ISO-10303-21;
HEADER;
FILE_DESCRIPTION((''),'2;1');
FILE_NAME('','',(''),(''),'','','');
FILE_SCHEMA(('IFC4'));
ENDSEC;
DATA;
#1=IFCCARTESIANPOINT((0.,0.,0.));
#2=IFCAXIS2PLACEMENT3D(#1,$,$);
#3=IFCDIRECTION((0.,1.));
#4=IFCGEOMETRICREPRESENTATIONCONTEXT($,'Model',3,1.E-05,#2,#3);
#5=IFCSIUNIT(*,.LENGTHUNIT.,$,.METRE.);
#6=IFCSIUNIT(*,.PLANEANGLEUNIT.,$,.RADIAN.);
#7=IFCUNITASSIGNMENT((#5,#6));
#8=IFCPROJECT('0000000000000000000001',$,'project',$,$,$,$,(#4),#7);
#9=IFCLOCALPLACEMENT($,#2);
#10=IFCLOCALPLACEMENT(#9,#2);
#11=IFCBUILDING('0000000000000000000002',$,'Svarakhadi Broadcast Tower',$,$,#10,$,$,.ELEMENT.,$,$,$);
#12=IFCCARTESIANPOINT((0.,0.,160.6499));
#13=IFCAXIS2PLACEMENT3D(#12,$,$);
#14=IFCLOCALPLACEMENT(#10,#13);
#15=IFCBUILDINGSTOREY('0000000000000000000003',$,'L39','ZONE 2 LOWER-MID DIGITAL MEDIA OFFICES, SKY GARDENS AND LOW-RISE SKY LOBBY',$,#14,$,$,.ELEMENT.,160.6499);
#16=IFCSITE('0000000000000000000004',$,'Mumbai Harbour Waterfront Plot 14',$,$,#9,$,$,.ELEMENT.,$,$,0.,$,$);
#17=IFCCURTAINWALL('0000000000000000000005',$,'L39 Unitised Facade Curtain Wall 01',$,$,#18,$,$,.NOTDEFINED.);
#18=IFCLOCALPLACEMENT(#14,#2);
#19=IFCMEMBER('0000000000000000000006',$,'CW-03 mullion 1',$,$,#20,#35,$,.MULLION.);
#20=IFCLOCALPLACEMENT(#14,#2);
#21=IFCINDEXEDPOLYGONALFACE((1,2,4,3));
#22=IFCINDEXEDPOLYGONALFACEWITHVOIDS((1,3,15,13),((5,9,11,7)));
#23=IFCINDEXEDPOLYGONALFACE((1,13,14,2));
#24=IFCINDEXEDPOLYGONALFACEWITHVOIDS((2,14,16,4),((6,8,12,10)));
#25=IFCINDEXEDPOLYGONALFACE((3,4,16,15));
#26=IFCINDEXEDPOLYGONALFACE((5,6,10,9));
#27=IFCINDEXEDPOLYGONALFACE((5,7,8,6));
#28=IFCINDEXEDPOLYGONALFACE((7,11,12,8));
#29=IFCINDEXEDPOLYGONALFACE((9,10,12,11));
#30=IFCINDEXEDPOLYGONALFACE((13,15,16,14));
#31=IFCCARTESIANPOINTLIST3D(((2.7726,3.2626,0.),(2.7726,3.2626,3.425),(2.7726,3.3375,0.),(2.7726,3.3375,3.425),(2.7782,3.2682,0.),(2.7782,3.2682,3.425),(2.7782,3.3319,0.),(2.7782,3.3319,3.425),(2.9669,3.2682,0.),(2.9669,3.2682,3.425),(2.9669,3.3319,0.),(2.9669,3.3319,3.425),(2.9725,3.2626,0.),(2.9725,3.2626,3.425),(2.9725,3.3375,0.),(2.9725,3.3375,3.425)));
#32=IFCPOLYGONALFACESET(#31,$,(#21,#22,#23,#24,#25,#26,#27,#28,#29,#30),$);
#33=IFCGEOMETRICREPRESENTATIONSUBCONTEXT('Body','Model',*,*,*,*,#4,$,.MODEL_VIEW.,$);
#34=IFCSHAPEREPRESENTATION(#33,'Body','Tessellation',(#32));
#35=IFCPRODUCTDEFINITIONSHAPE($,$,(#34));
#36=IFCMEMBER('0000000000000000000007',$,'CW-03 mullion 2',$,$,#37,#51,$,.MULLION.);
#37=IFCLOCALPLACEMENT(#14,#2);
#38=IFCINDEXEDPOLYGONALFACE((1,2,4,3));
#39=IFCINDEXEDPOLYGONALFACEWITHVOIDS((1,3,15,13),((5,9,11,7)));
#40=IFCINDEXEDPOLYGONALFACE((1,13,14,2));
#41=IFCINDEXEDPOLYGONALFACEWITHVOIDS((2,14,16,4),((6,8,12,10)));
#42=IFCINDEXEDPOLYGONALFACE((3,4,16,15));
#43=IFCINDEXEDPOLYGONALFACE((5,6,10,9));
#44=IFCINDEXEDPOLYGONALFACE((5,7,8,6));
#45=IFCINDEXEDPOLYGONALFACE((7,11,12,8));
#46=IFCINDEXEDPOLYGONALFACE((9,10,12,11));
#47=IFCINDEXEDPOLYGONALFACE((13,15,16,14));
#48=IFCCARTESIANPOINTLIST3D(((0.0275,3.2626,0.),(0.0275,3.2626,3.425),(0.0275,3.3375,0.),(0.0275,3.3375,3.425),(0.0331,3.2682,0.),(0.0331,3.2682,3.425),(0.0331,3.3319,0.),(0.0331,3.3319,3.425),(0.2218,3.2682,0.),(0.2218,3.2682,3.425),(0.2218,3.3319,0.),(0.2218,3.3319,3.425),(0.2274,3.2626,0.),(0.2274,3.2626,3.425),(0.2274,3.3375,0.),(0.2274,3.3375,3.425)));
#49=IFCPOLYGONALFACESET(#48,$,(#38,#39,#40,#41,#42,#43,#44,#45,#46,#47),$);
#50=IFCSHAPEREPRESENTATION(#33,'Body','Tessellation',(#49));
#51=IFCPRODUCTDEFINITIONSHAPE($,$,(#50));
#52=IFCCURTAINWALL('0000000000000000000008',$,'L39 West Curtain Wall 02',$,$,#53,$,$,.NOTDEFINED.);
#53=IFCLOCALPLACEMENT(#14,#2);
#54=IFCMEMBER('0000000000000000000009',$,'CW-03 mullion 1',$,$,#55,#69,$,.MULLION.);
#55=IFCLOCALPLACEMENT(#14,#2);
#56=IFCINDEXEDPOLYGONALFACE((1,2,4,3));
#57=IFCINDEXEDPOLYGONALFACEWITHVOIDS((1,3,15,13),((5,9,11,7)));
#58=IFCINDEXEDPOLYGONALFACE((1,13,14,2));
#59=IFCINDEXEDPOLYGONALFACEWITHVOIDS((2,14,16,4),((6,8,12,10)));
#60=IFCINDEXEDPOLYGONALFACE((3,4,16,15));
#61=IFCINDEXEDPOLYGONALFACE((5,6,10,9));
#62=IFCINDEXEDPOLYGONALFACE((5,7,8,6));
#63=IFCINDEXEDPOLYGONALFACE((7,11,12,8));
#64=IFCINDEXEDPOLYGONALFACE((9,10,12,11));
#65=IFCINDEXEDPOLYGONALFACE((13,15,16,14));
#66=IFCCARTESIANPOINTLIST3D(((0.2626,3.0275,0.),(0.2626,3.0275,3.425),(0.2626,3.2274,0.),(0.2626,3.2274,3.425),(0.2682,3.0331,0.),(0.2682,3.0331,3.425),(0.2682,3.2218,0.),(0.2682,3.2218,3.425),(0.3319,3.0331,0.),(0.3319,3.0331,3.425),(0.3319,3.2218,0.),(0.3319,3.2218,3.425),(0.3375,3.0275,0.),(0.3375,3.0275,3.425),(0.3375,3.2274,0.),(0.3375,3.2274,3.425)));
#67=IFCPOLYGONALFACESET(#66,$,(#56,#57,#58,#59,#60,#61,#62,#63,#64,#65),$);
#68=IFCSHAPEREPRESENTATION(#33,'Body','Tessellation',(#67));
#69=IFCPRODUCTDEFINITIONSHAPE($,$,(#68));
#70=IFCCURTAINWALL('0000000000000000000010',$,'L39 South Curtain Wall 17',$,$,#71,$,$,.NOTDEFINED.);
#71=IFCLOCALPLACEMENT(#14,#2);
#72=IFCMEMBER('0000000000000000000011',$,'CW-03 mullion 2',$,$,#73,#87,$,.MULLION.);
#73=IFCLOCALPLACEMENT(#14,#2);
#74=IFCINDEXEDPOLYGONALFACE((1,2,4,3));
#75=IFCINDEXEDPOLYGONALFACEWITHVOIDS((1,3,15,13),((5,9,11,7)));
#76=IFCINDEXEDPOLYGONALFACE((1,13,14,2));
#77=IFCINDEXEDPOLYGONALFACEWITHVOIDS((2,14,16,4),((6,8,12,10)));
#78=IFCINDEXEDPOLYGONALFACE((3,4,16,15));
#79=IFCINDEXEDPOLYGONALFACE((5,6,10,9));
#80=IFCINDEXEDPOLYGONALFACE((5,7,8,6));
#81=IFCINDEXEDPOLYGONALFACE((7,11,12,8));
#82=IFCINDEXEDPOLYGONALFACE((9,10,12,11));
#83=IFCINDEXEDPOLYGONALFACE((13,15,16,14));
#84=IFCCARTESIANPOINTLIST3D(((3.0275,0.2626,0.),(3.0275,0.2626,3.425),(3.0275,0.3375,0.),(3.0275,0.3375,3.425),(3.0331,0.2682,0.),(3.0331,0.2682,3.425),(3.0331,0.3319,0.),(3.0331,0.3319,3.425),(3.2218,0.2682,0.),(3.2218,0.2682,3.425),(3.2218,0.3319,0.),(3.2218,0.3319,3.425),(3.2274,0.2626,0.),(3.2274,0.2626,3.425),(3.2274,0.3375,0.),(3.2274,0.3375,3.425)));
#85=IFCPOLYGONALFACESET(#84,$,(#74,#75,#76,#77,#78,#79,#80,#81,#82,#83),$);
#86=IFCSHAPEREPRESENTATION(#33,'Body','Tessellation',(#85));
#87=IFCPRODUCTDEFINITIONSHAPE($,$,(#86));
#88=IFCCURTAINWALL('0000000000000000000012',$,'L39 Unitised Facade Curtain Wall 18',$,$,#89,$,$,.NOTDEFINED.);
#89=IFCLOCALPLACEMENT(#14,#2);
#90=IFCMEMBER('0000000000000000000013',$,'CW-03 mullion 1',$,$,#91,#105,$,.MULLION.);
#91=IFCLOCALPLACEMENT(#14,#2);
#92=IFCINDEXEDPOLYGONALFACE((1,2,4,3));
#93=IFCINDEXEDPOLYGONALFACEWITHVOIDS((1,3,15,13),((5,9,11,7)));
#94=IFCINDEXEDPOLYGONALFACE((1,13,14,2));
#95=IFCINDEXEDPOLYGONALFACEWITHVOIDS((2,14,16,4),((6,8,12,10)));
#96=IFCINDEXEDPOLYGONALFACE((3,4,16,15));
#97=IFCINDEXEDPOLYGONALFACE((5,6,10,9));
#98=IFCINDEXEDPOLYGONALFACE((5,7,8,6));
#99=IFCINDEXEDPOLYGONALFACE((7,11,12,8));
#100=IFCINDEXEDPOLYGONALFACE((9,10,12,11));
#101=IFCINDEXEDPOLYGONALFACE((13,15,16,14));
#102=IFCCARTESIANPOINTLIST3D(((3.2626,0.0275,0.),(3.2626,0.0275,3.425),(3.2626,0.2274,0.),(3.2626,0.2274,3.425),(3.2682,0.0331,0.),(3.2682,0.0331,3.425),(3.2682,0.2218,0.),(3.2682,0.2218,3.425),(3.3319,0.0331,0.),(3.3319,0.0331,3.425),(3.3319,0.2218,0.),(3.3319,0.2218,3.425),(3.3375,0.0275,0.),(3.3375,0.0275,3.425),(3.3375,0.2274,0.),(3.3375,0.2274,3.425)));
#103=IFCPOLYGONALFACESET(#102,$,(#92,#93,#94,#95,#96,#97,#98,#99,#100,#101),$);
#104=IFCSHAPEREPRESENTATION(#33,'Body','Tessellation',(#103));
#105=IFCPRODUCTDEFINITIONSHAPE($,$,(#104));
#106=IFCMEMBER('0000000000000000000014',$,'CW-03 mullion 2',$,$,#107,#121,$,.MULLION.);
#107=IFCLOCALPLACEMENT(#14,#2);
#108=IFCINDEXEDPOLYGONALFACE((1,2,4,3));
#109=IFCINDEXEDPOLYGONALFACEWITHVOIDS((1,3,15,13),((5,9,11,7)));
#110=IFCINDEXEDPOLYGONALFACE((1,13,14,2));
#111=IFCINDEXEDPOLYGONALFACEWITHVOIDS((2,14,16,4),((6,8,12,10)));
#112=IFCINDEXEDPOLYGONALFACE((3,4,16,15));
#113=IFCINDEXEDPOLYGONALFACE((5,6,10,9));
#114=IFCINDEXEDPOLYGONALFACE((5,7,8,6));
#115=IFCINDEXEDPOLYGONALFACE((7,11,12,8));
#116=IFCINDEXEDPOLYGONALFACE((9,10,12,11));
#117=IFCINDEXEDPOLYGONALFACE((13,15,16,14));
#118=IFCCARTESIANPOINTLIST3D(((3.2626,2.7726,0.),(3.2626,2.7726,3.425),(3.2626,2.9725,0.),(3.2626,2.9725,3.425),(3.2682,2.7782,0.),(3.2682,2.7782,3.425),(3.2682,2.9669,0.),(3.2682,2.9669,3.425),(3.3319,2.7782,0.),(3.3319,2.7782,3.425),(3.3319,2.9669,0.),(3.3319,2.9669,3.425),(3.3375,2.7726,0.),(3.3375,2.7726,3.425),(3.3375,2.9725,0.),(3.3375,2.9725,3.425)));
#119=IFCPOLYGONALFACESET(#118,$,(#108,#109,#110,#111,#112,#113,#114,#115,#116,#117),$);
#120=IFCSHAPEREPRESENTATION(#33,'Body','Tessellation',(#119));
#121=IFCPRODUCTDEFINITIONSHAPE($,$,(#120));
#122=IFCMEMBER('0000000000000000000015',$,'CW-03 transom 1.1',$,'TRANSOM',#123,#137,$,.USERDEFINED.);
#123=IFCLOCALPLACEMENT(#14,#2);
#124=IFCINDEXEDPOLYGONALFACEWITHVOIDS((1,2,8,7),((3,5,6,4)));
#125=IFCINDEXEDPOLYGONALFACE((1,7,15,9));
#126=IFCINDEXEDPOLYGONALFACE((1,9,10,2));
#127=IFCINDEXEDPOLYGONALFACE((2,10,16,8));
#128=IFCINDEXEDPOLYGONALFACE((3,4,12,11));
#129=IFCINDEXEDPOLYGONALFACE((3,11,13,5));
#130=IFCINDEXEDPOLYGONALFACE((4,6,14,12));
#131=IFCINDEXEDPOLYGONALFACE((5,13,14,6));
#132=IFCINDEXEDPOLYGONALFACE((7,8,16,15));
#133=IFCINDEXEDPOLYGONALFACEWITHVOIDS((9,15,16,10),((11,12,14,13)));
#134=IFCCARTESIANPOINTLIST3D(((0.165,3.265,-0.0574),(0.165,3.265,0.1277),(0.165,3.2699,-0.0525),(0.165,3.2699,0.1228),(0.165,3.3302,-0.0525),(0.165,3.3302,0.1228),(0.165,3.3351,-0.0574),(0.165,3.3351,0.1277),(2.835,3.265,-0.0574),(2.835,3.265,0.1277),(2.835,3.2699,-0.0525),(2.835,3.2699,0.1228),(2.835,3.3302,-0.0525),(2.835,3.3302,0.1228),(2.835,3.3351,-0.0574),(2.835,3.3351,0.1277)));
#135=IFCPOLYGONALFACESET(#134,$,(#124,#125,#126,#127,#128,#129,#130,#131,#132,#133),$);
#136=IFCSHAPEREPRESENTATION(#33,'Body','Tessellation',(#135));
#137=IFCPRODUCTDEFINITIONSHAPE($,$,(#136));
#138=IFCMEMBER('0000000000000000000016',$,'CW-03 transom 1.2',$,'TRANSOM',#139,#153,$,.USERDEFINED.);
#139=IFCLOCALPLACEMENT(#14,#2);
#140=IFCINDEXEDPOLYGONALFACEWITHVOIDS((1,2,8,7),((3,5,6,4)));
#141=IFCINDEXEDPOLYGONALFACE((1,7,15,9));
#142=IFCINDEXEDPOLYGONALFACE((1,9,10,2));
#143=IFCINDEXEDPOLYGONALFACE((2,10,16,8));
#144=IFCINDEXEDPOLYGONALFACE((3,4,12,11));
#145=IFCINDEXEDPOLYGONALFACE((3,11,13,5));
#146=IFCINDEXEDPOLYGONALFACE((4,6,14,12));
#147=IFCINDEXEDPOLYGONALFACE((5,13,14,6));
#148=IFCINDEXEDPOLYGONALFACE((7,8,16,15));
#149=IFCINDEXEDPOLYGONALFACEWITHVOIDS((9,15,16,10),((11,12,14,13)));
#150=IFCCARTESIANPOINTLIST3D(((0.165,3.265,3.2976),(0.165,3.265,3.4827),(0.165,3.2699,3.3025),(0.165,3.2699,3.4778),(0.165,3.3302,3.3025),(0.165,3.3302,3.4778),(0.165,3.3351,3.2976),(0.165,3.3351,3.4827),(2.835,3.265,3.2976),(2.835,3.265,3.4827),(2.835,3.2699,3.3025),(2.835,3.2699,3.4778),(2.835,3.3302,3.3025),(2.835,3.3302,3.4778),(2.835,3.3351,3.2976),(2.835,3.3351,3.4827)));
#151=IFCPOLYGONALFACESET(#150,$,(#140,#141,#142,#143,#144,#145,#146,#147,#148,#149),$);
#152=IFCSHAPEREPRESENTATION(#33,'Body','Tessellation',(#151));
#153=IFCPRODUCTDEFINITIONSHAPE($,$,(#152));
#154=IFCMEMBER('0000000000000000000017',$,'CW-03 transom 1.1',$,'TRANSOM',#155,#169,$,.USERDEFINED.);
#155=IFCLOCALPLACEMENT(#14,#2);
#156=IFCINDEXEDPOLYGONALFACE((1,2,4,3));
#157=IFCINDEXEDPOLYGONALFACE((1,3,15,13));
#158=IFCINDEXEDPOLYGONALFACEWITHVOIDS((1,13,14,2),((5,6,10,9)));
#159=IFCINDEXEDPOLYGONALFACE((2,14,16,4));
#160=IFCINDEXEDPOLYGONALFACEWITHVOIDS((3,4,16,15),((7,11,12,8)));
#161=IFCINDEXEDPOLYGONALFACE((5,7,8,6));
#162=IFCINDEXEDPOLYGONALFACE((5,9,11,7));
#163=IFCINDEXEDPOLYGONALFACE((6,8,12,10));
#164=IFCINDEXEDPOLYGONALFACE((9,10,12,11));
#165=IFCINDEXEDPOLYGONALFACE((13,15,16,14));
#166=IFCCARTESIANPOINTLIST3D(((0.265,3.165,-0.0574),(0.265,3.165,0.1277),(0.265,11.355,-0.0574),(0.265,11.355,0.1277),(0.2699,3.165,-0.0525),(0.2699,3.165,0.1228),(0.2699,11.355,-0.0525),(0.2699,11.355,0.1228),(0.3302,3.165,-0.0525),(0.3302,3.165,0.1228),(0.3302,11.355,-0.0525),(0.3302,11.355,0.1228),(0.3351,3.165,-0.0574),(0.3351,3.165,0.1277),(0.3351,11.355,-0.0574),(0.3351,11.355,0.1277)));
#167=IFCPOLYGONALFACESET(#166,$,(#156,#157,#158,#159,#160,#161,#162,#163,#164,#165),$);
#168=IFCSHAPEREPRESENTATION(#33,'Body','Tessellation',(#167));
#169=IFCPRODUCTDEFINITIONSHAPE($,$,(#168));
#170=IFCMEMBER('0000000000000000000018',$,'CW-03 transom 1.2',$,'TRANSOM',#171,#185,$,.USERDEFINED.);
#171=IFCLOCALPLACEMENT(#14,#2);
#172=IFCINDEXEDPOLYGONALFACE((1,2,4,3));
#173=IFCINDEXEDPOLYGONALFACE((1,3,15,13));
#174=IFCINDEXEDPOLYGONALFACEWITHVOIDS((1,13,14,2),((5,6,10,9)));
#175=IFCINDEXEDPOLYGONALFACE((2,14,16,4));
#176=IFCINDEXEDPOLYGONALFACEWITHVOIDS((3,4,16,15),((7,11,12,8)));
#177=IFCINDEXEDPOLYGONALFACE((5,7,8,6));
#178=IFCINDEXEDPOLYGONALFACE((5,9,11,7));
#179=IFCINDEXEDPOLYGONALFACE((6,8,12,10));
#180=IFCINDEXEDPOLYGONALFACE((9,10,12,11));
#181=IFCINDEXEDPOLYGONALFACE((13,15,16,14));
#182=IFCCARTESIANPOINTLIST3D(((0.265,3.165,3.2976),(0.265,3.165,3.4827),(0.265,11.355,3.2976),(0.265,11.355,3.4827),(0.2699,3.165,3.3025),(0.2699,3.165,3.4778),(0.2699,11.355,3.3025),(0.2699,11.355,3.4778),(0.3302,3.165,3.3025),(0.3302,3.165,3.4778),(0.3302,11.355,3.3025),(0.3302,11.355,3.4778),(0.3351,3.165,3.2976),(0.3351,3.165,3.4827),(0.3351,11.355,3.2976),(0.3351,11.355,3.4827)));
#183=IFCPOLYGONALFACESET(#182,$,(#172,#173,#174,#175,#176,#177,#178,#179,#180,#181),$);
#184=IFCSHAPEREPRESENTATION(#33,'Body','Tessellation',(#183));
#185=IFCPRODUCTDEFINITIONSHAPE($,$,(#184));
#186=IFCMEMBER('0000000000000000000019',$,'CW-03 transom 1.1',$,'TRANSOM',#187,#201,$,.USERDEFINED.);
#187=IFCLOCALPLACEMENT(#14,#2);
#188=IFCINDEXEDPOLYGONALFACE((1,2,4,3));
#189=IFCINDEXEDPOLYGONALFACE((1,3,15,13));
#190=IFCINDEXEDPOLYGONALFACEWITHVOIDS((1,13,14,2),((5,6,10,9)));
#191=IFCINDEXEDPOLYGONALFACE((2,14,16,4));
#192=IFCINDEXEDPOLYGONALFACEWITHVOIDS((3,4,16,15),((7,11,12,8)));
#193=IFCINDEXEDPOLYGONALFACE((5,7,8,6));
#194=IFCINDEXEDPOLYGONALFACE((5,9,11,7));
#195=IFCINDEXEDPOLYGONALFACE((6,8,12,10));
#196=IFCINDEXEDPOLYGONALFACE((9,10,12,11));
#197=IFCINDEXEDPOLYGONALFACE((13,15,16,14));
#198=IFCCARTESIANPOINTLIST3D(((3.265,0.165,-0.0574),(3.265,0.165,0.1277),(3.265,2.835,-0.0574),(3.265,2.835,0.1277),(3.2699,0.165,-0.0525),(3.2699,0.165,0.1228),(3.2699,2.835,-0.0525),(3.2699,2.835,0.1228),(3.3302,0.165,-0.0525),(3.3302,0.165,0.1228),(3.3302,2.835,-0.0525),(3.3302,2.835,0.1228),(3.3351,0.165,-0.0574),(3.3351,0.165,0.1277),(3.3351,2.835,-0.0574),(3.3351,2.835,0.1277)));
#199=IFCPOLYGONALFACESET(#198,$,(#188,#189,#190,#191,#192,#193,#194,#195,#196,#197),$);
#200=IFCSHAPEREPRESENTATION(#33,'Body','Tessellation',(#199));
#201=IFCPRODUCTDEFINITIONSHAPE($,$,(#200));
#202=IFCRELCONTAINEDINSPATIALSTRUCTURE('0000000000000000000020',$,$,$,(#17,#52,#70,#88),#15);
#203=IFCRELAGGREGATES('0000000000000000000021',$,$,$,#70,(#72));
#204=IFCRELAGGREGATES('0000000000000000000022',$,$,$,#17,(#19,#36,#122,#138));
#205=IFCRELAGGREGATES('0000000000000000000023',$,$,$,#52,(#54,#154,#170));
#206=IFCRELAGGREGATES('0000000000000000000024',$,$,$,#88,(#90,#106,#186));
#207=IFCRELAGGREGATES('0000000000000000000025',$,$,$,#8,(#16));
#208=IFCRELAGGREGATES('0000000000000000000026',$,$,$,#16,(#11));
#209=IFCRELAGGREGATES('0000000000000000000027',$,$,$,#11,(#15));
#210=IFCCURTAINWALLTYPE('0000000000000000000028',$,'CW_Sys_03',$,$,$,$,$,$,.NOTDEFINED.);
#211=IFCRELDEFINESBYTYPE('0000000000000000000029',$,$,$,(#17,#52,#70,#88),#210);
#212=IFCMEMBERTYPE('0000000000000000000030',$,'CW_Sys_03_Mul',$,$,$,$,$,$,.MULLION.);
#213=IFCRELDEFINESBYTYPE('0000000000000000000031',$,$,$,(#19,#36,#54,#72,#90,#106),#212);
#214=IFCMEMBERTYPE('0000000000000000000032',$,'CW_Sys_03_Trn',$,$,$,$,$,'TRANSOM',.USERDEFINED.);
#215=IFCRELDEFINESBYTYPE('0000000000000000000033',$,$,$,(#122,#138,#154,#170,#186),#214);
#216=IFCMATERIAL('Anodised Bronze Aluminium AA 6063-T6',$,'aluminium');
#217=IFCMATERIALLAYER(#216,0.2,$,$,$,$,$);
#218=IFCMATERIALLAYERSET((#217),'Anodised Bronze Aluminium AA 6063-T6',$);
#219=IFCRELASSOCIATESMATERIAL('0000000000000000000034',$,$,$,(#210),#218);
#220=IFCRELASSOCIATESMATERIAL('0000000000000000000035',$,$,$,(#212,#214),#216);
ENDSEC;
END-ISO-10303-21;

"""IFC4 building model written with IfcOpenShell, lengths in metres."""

from ifc_helpers import new_model, si_unit, direction, frame, origin, origin_2d, place, context, subcontext, project, spatial, hollow_rectangle, extrude, material, layer, layer_set, material_profile, profile_set, type_object, element, aggregate, save


model = new_model("IFC4")

# Units and contexts
model_context = context("Model", 3, precision=1e-05, world=origin(), true_north=direction((0.0, 1.0)))
body_context = subcontext(model_context, "Body", "Model", "MODEL_VIEW")
ifc_project = project(units=[si_unit("LENGTHUNIT", "METRE"), si_unit("PLANEANGLEUNIT", "RADIAN")], contexts=[model_context])

# Site, building, storey
site_placement = place(None, origin())
site = spatial("IfcSite", under=ifc_project, at=site_placement, Name="Mumbai Harbour Waterfront Plot 14", CompositionType="ELEMENT", RefElevation=0.0)
building_placement = place(site_placement, origin())
building = spatial("IfcBuilding", under=site, at=building_placement, Name="Svarakhadi Broadcast Tower", CompositionType="ELEMENT")
storey_placement = place(building_placement, frame((0.0, 0.0, 160.6499)))
storey = spatial("IfcBuildingStorey", under=building, at=storey_placement, Name="L39", Description="ZONE 2 LOWER-MID DIGITAL MEDIA OFFICES, SKY GARDENS AND LOW-RISE SKY LOBBY", CompositionType="ELEMENT", Elevation=160.6499)

# Curtain wall, members
ifc_material_1 = material(Name="Anodised Bronze Aluminium AA 6063-T6", Category="aluminium")
ifc_layer_1 = layer(ifc_material_1, 0.2)
ifc_layer_set_1 = layer_set([ifc_layer_1], Name="Anodised Bronze Aluminium AA 6063-T6")
curtain_wall_type = type_object("IfcCurtainWallType", Name="CW_Sys_03", PredefinedType="NOTDEFINED", material=ifc_layer_set_1)
curtain_wall_1_placement = place(storey_placement, origin())
curtain_wall_1 = element("IfcCurtainWall", 1, at=curtain_wall_1_placement, inside=storey, type_object=curtain_wall_type, Name="L39 Unitised Facade Curtain Wall 01", PredefinedType="NOTDEFINED")
ifc_material_profile_1 = material_profile(ifc_material_1, hollow_rectangle(XDim=0.075, YDim=0.2, WallThickness=0.0056, at=origin_2d()), Name="ALU MULLION 200x75x6")
ifc_profile_set_1 = profile_set([ifc_material_profile_1], Name="Anodised Bronze Aluminium AA 6063-T6")
member_type_1 = type_object("IfcMemberType", Name="CW_Sys_03_Mul", PredefinedType="MULLION", material=ifc_profile_set_1)
member_1_placement = place(storey_placement, frame((2.8726, 3.3, 0.0), z_axis=(0.0, 0.0, 1.0), x_axis=(0.0, -1.0, 0.0)))
member_1 = element("IfcMember", 2, at=member_1_placement, type_object=member_type_1, Name="CW-03 mullion 1", PredefinedType="MULLION", context=body_context, shape_type="SweptSolid", body=[
    extrude(hollow_rectangle(XDim=0.075, YDim=0.2, WallThickness=0.0056, at=origin_2d()), origin(), (0.0, 0.0, 1.0), 3.425),
])
member_2_placement = place(storey_placement, frame((0.1274, 3.3, 0.0), z_axis=(0.0, 0.0, 1.0), x_axis=(0.0, -1.0, 0.0)))
member_2 = element("IfcMember", 3, at=member_2_placement, type_object=member_type_1, Name="CW-03 mullion 2", PredefinedType="MULLION", context=body_context, shape_type="SweptSolid", body=[
    extrude(hollow_rectangle(XDim=0.075, YDim=0.2, WallThickness=0.0056, at=origin_2d()), origin(), (0.0, 0.0, 1.0), 3.425),
])

# Curtain walls, members
curtain_wall_2_placement = place(storey_placement, origin())
curtain_wall_2 = element("IfcCurtainWall", 4, at=curtain_wall_2_placement, inside=storey, type_object=curtain_wall_type, Name="L39 West Curtain Wall 02", PredefinedType="NOTDEFINED")
member_3_placement = place(storey_placement, frame((0.3, 3.1274, 0.0), z_axis=(0.0, 0.0, 1.0), x_axis=(-1.0, 0.0, 0.0)))
member_3 = element("IfcMember", 5, at=member_3_placement, type_object=member_type_1, Name="CW-03 mullion 1", PredefinedType="MULLION", context=body_context, shape_type="SweptSolid", body=[
    extrude(hollow_rectangle(XDim=0.075, YDim=0.2, WallThickness=0.0056, at=origin_2d()), origin(), (0.0, 0.0, 1.0), 3.425),
])
curtain_wall_3_placement = place(storey_placement, origin())
curtain_wall_3 = element("IfcCurtainWall", 6, at=curtain_wall_3_placement, inside=storey, type_object=curtain_wall_type, Name="L39 South Curtain Wall 17", PredefinedType="NOTDEFINED")
member_4_placement = place(storey_placement, frame((3.1274, 0.3, 0.0), z_axis=(0.0, 0.0, 1.0), x_axis=(0.0, -1.0, 0.0)))
member_4 = element("IfcMember", 7, at=member_4_placement, type_object=member_type_1, Name="CW-03 mullion 2", PredefinedType="MULLION", context=body_context, shape_type="SweptSolid", body=[
    extrude(hollow_rectangle(XDim=0.075, YDim=0.2, WallThickness=0.0056, at=origin_2d()), origin(), (0.0, 0.0, 1.0), 3.425),
])
aggregate(curtain_wall_3, [member_4])

# Curtain wall, members
curtain_wall_4_placement = place(storey_placement, origin())
curtain_wall_4 = element("IfcCurtainWall", 8, at=curtain_wall_4_placement, inside=storey, type_object=curtain_wall_type, Name="L39 Unitised Facade Curtain Wall 18", PredefinedType="NOTDEFINED")
member_5_placement = place(storey_placement, frame((3.3, 0.1274, 0.0), z_axis=(0.0, 0.0, 1.0), x_axis=(-1.0, 0.0, 0.0)))
member_5 = element("IfcMember", 9, at=member_5_placement, type_object=member_type_1, Name="CW-03 mullion 1", PredefinedType="MULLION", context=body_context, shape_type="SweptSolid", body=[
    extrude(hollow_rectangle(XDim=0.075, YDim=0.2, WallThickness=0.0056, at=origin_2d()), origin(), (0.0, 0.0, 1.0), 3.425),
])
member_6_placement = place(storey_placement, frame((3.3, 2.8726, 0.0), z_axis=(0.0, 0.0, 1.0), x_axis=(-1.0, 0.0, 0.0)))
member_6 = element("IfcMember", 10, at=member_6_placement, type_object=member_type_1, Name="CW-03 mullion 2", PredefinedType="MULLION", context=body_context, shape_type="SweptSolid", body=[
    extrude(hollow_rectangle(XDim=0.075, YDim=0.2, WallThickness=0.0056, at=origin_2d()), origin(), (0.0, 0.0, 1.0), 3.425),
])

# Members
ifc_material_profile_2 = material_profile(ifc_material_1, hollow_rectangle(XDim=0.0701, YDim=0.1851, WallThickness=0.0049, at=origin_2d()), Name="ALU TRANSOM 185x70x5")
ifc_profile_set_2 = profile_set([ifc_material_profile_2], Name="Anodised Bronze Aluminium AA 6063-T6")
member_type_2 = type_object("IfcMemberType", Name="CW_Sys_03_Trn", ElementType="TRANSOM", PredefinedType="USERDEFINED", material=ifc_profile_set_2)
member_7_placement = place(storey_placement, frame((2.835, 3.3, 0.0352), z_axis=(-1.0, 0.0, 0.0), x_axis=(0.0, -1.0, 0.0)))
member_7 = element("IfcMember", 11, at=member_7_placement, type_object=member_type_2, Name="CW-03 transom 1.1", ObjectType="TRANSOM", PredefinedType="USERDEFINED", context=body_context, shape_type="SweptSolid", body=[
    extrude(hollow_rectangle(XDim=0.0701, YDim=0.1851, WallThickness=0.0049, at=origin_2d()), origin(), (0.0, 0.0, 1.0), 2.6699),
])
member_8_placement = place(storey_placement, frame((2.835, 3.3, 3.3901), z_axis=(-1.0, 0.0, 0.0), x_axis=(0.0, -1.0, 0.0)))
member_8 = element("IfcMember", 12, at=member_8_placement, type_object=member_type_2, Name="CW-03 transom 1.2", ObjectType="TRANSOM", PredefinedType="USERDEFINED", context=body_context, shape_type="SweptSolid", body=[
    extrude(hollow_rectangle(XDim=0.0701, YDim=0.1851, WallThickness=0.0049, at=origin_2d()), origin(), (0.0, 0.0, 1.0), 2.6699),
])
member_9_placement = place(storey_placement, frame((0.3, 3.165, 0.0352), z_axis=(0.0, 1.0, 0.0), x_axis=(-1.0, 0.0, 0.0)))
member_9 = element("IfcMember", 13, at=member_9_placement, type_object=member_type_2, Name="CW-03 transom 1.1", ObjectType="TRANSOM", PredefinedType="USERDEFINED", context=body_context, shape_type="SweptSolid", body=[
    extrude(hollow_rectangle(XDim=0.0701, YDim=0.1851, WallThickness=0.0049, at=origin_2d()), origin(), (0.0, 0.0, 1.0), 8.1899),
])
member_10_placement = place(storey_placement, frame((0.3, 3.165, 3.3901), z_axis=(0.0, 1.0, 0.0), x_axis=(-1.0, 0.0, 0.0)))
member_10 = element("IfcMember", 14, at=member_10_placement, type_object=member_type_2, Name="CW-03 transom 1.2", ObjectType="TRANSOM", PredefinedType="USERDEFINED", context=body_context, shape_type="SweptSolid", body=[
    extrude(hollow_rectangle(XDim=0.0701, YDim=0.1851, WallThickness=0.0049, at=origin_2d()), origin(), (0.0, 0.0, 1.0), 8.1899),
])
member_11_placement = place(storey_placement, frame((3.3, 0.165, 0.0352), z_axis=(0.0, 1.0, 0.0), x_axis=(-1.0, 0.0, 0.0)))
member_11 = element("IfcMember", 15, at=member_11_placement, type_object=member_type_2, Name="CW-03 transom 1.1", ObjectType="TRANSOM", PredefinedType="USERDEFINED", context=body_context, shape_type="SweptSolid", body=[
    extrude(hollow_rectangle(XDim=0.0701, YDim=0.1851, WallThickness=0.0049, at=origin_2d()), origin(), (0.0, 0.0, 1.0), 2.6699),
])

aggregate(curtain_wall_1, [member_1, member_2, member_7, member_8])
aggregate(curtain_wall_2, [member_3, member_9, member_10])
aggregate(curtain_wall_4, [member_5, member_6, member_11])

save(model, "model.ifc")
